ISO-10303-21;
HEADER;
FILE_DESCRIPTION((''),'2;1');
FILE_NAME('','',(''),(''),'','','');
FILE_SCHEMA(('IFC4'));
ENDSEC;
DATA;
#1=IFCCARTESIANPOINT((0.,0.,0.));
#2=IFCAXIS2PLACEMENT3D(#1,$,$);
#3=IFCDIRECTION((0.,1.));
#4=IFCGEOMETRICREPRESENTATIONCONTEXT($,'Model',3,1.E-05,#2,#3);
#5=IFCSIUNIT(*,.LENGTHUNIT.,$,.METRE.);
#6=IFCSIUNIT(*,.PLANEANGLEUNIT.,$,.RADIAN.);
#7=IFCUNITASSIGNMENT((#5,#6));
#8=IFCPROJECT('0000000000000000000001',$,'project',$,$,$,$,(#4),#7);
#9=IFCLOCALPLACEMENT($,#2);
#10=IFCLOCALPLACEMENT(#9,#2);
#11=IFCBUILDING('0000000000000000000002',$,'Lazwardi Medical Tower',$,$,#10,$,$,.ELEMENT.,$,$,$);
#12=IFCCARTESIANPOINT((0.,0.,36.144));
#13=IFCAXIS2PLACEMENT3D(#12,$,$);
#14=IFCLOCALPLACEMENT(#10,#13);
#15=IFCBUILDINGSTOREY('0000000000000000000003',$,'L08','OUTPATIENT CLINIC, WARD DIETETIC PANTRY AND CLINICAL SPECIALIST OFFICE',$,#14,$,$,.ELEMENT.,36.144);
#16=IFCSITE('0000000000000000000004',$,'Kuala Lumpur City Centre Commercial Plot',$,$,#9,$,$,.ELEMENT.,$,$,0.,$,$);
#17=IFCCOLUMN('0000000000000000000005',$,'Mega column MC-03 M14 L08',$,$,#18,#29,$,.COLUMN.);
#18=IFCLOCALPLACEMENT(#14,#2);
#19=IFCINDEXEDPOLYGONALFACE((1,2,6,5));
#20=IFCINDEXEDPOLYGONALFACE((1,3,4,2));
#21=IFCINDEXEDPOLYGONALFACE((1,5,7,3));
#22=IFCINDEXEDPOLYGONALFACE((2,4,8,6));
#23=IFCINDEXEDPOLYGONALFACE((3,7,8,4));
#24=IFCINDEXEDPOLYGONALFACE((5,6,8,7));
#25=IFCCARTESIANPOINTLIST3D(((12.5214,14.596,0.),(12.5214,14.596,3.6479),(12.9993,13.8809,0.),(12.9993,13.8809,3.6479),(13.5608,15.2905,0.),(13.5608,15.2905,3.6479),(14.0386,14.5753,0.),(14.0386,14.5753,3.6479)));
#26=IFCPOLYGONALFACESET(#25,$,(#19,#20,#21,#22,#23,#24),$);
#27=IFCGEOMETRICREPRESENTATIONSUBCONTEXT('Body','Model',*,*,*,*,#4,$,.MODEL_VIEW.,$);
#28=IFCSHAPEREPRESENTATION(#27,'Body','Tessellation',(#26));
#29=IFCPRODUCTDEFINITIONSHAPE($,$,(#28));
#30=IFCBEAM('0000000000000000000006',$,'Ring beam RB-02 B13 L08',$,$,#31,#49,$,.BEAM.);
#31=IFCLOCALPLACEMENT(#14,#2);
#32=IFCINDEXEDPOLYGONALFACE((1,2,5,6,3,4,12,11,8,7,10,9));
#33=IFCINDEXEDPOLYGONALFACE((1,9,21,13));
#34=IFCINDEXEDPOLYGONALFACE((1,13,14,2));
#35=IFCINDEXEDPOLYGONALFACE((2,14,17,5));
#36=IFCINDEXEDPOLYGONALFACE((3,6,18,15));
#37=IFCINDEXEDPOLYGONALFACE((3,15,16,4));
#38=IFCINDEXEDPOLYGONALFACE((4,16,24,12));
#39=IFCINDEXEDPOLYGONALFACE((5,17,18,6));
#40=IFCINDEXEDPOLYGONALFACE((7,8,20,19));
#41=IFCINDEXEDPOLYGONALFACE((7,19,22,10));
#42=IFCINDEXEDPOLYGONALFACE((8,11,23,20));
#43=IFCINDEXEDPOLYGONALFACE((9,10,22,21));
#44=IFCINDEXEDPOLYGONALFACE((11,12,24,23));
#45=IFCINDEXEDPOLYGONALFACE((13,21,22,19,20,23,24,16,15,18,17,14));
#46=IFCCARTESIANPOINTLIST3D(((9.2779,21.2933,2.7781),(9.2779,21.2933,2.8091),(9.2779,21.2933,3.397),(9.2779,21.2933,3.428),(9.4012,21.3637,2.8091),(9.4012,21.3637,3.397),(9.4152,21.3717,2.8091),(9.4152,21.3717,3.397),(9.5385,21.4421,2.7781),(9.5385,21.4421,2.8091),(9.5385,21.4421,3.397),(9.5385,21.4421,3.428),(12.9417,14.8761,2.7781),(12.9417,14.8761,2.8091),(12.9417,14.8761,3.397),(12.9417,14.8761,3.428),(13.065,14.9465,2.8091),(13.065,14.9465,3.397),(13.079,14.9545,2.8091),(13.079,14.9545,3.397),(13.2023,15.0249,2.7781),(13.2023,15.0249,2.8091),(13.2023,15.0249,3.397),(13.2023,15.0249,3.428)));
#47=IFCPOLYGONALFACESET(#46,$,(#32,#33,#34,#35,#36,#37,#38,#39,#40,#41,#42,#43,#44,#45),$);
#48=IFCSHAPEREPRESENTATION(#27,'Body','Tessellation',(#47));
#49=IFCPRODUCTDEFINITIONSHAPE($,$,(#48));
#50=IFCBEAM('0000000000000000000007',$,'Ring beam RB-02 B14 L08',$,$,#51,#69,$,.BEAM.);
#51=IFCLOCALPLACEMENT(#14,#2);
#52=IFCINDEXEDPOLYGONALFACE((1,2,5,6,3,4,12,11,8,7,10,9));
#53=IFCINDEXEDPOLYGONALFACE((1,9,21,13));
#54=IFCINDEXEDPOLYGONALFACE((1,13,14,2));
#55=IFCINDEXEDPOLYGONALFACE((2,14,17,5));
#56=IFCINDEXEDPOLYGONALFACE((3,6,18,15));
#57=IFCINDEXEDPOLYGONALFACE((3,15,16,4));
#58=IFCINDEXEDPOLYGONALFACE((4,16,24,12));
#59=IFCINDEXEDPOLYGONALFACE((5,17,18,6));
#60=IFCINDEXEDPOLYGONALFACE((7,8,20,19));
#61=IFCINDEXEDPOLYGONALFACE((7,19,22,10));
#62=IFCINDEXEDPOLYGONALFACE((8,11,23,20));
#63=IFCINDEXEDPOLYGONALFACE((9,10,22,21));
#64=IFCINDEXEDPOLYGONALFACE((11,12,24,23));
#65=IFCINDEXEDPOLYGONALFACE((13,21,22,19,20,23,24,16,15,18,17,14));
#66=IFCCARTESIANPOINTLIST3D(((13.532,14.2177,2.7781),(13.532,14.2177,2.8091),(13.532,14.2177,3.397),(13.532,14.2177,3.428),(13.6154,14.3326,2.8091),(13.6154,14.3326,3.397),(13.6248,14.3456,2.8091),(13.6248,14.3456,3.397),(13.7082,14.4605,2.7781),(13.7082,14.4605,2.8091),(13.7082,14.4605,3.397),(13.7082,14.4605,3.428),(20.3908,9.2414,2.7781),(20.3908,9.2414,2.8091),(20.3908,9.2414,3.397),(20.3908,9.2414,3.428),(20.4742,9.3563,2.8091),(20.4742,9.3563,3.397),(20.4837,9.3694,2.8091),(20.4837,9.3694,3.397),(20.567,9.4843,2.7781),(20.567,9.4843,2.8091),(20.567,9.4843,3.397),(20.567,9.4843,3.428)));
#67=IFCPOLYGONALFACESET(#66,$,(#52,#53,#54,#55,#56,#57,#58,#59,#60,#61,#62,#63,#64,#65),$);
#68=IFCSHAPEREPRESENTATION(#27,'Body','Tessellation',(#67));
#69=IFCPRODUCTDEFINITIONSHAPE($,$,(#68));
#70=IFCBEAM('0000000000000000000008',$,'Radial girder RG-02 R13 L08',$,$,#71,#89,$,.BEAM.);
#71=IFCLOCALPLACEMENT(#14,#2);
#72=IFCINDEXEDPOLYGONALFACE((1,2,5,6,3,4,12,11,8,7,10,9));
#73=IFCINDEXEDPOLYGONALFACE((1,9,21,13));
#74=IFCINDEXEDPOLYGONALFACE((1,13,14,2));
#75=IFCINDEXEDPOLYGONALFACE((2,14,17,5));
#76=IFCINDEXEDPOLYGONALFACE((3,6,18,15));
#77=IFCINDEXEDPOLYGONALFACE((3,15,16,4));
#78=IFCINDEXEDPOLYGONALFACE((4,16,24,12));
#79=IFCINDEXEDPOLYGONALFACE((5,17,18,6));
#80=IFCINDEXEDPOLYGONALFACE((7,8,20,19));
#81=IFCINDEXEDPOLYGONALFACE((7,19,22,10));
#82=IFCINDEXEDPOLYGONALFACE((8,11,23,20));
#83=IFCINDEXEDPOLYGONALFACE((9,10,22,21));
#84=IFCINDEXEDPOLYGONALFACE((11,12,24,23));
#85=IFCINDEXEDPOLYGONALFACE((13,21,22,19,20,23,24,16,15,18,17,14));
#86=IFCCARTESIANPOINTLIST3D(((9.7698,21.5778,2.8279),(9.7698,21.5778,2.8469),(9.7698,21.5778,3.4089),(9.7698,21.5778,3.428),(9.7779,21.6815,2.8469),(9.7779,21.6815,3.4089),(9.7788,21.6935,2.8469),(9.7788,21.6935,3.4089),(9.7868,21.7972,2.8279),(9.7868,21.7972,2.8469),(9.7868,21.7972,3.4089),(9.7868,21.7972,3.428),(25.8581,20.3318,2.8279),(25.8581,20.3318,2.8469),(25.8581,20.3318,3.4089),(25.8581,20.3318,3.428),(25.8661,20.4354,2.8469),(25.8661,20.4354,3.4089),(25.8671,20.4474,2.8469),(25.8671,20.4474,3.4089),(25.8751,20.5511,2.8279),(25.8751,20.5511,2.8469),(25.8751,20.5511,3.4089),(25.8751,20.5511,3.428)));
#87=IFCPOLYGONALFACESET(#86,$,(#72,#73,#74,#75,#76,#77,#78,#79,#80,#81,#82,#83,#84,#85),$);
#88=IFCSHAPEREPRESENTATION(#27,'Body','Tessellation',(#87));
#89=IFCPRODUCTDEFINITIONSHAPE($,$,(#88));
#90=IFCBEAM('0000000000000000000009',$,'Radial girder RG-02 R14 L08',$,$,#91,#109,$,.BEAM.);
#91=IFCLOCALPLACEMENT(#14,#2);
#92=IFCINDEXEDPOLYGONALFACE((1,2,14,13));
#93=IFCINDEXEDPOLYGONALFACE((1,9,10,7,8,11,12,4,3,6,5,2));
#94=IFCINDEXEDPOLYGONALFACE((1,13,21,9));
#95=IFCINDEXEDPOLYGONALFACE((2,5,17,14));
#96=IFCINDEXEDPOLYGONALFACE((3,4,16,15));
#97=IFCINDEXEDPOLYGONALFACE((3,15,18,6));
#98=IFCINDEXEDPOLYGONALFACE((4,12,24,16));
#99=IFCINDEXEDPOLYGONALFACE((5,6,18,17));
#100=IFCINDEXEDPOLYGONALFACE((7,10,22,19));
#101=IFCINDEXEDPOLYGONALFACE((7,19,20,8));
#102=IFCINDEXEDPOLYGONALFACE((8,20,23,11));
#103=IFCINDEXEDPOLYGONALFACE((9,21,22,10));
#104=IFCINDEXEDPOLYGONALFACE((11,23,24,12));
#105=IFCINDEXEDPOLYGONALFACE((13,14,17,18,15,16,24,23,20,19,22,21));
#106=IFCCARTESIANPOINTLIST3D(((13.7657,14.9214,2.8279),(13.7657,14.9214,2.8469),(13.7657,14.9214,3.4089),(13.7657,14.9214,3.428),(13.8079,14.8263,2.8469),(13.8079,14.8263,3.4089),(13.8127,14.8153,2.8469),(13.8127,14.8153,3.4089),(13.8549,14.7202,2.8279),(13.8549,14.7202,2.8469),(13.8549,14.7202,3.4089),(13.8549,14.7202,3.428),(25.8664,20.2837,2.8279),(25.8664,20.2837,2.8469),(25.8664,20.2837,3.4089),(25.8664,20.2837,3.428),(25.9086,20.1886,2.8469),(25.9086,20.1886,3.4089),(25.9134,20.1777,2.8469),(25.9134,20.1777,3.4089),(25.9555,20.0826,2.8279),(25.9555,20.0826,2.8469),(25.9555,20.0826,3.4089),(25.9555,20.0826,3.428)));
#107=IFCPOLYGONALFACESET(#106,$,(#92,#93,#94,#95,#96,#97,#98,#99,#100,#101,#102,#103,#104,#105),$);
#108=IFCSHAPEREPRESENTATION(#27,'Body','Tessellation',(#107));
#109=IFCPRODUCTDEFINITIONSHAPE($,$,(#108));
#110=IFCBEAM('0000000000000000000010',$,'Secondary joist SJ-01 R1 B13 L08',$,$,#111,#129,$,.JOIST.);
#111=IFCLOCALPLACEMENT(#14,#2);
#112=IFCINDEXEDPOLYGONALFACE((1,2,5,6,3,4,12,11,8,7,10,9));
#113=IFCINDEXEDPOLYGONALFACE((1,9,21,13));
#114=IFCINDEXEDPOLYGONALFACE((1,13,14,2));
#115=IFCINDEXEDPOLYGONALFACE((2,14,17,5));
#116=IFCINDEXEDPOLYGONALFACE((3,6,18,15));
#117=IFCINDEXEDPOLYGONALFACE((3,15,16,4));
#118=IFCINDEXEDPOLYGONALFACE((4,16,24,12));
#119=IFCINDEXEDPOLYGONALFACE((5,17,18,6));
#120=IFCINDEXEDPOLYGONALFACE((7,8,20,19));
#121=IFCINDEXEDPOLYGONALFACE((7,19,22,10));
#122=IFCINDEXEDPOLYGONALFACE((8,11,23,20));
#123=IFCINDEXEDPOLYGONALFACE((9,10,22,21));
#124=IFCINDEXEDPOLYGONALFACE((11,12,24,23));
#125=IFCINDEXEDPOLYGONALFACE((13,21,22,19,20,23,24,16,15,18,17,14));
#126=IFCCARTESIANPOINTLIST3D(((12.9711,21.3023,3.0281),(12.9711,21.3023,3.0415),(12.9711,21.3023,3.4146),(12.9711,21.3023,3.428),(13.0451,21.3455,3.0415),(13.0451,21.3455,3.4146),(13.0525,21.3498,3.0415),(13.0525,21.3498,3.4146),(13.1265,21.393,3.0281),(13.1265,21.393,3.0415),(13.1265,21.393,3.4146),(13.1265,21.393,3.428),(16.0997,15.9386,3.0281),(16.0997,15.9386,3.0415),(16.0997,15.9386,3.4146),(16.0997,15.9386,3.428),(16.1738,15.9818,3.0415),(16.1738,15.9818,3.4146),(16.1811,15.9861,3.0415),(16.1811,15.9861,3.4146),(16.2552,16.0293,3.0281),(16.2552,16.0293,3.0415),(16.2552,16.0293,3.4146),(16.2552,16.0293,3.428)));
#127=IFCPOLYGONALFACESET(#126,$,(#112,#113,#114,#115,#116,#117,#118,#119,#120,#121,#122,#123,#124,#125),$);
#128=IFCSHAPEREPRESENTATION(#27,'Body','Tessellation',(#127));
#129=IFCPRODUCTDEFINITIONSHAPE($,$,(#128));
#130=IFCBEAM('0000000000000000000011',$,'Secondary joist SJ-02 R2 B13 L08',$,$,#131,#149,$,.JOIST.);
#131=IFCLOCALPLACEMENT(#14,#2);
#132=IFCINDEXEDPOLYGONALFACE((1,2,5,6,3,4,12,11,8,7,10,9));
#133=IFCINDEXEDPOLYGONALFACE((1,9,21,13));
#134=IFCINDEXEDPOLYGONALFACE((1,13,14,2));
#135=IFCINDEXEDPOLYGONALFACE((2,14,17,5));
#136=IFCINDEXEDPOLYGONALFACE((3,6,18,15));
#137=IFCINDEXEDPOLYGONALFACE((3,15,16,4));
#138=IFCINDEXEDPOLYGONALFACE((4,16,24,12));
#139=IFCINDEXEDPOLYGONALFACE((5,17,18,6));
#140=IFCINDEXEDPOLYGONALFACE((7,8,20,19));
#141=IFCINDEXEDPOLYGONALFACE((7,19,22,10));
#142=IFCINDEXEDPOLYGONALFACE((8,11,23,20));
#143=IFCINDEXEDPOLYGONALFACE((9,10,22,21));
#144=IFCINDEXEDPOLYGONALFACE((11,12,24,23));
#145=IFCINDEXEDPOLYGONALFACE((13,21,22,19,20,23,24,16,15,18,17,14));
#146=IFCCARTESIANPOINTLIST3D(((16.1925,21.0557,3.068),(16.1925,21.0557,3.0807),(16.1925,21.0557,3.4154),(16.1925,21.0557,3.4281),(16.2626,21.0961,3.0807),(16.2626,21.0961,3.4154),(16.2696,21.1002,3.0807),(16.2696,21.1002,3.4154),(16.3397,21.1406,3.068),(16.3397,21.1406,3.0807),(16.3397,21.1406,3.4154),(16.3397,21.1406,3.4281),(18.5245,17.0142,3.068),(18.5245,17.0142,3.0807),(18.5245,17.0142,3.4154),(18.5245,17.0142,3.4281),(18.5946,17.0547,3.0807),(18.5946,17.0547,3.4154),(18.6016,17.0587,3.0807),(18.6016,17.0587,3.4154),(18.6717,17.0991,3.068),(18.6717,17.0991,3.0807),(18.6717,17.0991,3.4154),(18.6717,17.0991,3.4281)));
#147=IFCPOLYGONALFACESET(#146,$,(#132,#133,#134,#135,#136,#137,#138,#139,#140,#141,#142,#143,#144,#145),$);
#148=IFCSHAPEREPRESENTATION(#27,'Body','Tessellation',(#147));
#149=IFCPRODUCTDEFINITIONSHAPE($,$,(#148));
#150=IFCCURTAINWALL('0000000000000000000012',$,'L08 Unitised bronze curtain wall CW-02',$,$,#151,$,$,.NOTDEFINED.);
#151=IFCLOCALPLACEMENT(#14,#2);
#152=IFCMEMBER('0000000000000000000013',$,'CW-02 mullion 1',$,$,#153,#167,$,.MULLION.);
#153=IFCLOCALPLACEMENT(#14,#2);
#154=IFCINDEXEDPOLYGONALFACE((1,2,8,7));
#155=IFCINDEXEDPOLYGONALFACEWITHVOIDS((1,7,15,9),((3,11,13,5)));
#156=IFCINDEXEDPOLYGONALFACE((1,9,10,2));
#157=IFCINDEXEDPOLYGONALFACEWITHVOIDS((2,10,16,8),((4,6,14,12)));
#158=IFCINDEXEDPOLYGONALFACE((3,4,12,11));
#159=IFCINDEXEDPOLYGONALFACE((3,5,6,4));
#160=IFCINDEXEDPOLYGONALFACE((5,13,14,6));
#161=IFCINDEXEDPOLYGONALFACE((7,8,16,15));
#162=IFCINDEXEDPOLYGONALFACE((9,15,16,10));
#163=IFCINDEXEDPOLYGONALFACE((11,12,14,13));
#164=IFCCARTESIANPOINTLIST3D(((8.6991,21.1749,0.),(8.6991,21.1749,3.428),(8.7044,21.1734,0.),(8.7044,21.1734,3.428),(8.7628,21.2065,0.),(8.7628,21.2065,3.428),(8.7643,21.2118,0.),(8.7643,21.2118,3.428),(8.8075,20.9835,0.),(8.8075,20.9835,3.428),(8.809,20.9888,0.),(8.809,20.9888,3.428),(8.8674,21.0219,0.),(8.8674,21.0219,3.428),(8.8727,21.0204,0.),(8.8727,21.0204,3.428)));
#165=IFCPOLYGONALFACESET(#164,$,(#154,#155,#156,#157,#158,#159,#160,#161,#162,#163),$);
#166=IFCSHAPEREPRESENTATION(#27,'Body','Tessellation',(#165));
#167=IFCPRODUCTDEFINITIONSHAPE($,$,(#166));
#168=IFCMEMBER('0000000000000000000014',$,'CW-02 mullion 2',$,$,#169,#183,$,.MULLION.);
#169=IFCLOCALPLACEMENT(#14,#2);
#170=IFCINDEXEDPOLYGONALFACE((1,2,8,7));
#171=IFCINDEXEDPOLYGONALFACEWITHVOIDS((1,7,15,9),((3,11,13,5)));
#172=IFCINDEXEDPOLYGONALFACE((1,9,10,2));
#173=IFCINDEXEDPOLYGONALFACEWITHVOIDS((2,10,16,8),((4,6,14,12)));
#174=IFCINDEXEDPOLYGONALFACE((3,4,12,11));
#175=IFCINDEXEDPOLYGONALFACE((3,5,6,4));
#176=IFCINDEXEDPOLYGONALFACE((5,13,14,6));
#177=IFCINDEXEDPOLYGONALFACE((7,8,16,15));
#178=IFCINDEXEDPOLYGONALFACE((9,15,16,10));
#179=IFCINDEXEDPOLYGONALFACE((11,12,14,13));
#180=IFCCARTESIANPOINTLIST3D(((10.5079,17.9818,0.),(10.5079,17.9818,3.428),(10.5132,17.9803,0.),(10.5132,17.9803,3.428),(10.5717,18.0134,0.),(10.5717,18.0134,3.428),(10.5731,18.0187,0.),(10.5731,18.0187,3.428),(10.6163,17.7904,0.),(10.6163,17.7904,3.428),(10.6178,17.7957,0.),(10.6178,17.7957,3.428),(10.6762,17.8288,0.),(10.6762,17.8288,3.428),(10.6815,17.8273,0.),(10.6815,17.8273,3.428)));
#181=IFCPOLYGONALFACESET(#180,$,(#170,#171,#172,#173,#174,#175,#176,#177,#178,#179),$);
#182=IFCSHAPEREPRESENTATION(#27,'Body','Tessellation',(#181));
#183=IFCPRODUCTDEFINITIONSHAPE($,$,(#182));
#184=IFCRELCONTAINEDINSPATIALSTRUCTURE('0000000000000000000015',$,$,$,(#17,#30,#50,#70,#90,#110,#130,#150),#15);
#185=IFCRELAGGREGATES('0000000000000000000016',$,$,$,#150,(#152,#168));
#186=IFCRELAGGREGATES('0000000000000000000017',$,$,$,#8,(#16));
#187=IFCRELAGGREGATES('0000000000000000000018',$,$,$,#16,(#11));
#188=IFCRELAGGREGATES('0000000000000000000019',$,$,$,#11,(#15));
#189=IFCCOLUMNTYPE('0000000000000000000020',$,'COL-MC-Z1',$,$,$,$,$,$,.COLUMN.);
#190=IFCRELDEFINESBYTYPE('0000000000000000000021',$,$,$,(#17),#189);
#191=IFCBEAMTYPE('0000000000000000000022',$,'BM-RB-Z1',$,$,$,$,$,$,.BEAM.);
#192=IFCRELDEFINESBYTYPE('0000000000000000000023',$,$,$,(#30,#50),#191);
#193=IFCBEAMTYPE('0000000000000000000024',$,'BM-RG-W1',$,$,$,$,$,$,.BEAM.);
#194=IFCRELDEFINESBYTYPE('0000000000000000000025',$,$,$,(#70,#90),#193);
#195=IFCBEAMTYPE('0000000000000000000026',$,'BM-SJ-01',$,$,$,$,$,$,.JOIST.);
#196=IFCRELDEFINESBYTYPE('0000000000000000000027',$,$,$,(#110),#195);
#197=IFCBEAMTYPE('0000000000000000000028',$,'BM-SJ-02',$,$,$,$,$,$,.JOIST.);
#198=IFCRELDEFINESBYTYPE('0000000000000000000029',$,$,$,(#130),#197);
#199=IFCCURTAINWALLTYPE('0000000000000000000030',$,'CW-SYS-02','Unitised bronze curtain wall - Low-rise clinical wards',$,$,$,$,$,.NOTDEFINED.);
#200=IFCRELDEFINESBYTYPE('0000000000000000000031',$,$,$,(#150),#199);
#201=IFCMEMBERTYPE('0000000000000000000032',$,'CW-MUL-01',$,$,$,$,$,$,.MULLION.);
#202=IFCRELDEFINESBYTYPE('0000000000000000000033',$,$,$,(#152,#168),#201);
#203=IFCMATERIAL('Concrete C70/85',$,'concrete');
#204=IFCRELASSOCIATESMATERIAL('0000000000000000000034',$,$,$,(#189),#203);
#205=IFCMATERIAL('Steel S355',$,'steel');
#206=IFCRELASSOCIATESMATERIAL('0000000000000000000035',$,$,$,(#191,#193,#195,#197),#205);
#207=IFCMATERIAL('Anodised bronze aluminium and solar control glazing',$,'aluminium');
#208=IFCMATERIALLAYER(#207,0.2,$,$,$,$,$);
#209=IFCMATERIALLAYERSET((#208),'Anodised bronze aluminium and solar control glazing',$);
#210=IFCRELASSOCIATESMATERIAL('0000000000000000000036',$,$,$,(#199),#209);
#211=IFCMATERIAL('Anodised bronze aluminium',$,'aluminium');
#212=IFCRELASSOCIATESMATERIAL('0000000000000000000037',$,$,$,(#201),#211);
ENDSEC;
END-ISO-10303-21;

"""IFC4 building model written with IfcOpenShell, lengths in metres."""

from ifc_helpers import new_model, si_unit, direction, frame, origin, origin_2d, place, context, subcontext, project, spatial, rectangle, hollow_rectangle, i_section, extrude, material, layer, layer_set, material_profile, profile_set, type_object, element, aggregate, save


model = new_model("IFC4")

# Units and contexts
model_context = context("Model", 3, precision=1e-05, world=origin(), true_north=direction((0.0, 1.0)))
body_context = subcontext(model_context, "Body", "Model", "MODEL_VIEW")
ifc_project = project(units=[si_unit("LENGTHUNIT", "METRE"), si_unit("PLANEANGLEUNIT", "RADIAN")], contexts=[model_context])

# Site, building, storey
site_placement = place(None, origin())
site = spatial("IfcSite", under=ifc_project, at=site_placement, Name="Kuala Lumpur City Centre Commercial Plot", CompositionType="ELEMENT", RefElevation=0.0)
building_placement = place(site_placement, origin())
building = spatial("IfcBuilding", under=site, at=building_placement, Name="Lazwardi Medical Tower", CompositionType="ELEMENT")
storey_placement = place(building_placement, frame((0.0, 0.0, 36.144)))
storey = spatial("IfcBuildingStorey", under=building, at=storey_placement, Name="L08", Description="OUTPATIENT CLINIC, WARD DIETETIC PANTRY AND CLINICAL SPECIALIST OFFICE", CompositionType="ELEMENT", Elevation=36.144)

# Column
ifc_material_1 = material(Name="Concrete C70/85", Category="concrete")
ifc_material_profile_1 = material_profile(ifc_material_1, rectangle(XDim=1.25, YDim=0.8601, at=origin_2d()), Name="CFT-RECT 1250x860")
ifc_profile_set_1 = profile_set([ifc_material_profile_1], Name="Concrete C70/85")
column_type = type_object("IfcColumnType", Name="COL-MC-Z1", PredefinedType="COLUMN", material=ifc_profile_set_1)
column_placement = place(storey_placement, frame((13.28, 14.5857, 0.0), z_axis=(0.0, 0.0, 1.0), x_axis=(-0.83147, -0.55557, 0.0)))
element("IfcColumn", 1, at=column_placement, inside=storey, type_object=column_type, Name="Mega column MC-03 M14 L08", PredefinedType="COLUMN", context=body_context, shape_type="SweptSolid", body=[
    extrude(rectangle(XDim=1.25, YDim=0.8601, at=origin_2d()), origin(), (0.0, 0.0, 1.0), 3.6479),
])

# Beams
ifc_material_2 = material(Name="Steel S355", Category="steel")
ifc_material_profile_2 = material_profile(ifc_material_2, i_section(OverallWidth=0.3, OverallDepth=0.6499, WebThickness=0.0161, FlangeThickness=0.031, at=origin_2d()), Name="HEB 650")
ifc_profile_set_2 = profile_set([ifc_material_profile_2], Name="Steel S355")
beam_type_1 = type_object("IfcBeamType", Name="BM-RB-Z1", PredefinedType="BEAM", material=ifc_profile_set_2)
beam_1_placement = place(storey_placement, frame((9.4082, 21.3677, 3.103), z_axis=(0.495815, -0.868428, 0.0), x_axis=(0.868428, 0.495815, 0.0)))
element("IfcBeam", 2, at=beam_1_placement, inside=storey, type_object=beam_type_1, Name="Ring beam RB-02 B13 L08", PredefinedType="BEAM", context=body_context, shape_type="SweptSolid", body=[
    extrude(i_section(OverallWidth=0.3, OverallDepth=0.6499, WebThickness=0.0161, FlangeThickness=0.031, at=origin_2d()), origin(), (0.0, 0.0, 1.0), 7.3894),
])
beam_2_placement = place(storey_placement, frame((13.6201, 14.3391, 3.103), z_axis=(0.809407, -0.587248, 0.0), x_axis=(0.587248, 0.809407, 0.0)))
element("IfcBeam", 3, at=beam_2_placement, inside=storey, type_object=beam_type_1, Name="Ring beam RB-02 B14 L08", PredefinedType="BEAM", context=body_context, shape_type="SweptSolid", body=[
    extrude(i_section(OverallWidth=0.3, OverallDepth=0.6499, WebThickness=0.0161, FlangeThickness=0.031, at=origin_2d()), origin(), (0.0, 0.0, 1.0), 8.4739),
])
ifc_material_profile_3 = material_profile(ifc_material_2, i_section(OverallWidth=0.22, OverallDepth=0.6001, WebThickness=0.012, FlangeThickness=0.019, at=origin_2d()), Name="IPE 600")
ifc_profile_set_3 = profile_set([ifc_material_profile_3], Name="Steel S355")
beam_type_2 = type_object("IfcBeamType", Name="BM-RG-W1", PredefinedType="BEAM", material=ifc_profile_set_3)
beam_3_placement = place(storey_placement, frame((9.7783, 21.6875, 3.1279), z_axis=(0.997014, -0.077222, 0.0), x_axis=(0.077222, 0.997014, 0.0)))
element("IfcBeam", 4, at=beam_3_placement, inside=storey, type_object=beam_type_2, Name="Radial girder RG-02 R13 L08", PredefinedType="BEAM", context=body_context, shape_type="SweptSolid", body=[
    extrude(i_section(OverallWidth=0.22, OverallDepth=0.6001, WebThickness=0.012, FlangeThickness=0.019, at=origin_2d()), origin(), (0.0, 0.0, 1.0), 16.1365),
])
beam_4_placement = place(storey_placement, frame((13.8103, 14.8208, 3.1279), z_axis=(0.914252, 0.405146, 0.0), x_axis=(-0.405146, 0.914252, 0.0)))
element("IfcBeam", 5, at=beam_4_placement, inside=storey, type_object=beam_type_2, Name="Radial girder RG-02 R14 L08", PredefinedType="BEAM", context=body_context, shape_type="SweptSolid", body=[
    extrude(i_section(OverallWidth=0.22, OverallDepth=0.6001, WebThickness=0.012, FlangeThickness=0.019, at=origin_2d()), origin(), (0.0, 0.0, 1.0), 13.2356),
])
ifc_material_profile_4 = material_profile(ifc_material_2, i_section(OverallWidth=0.1799, OverallDepth=0.3999, WebThickness=0.0085, FlangeThickness=0.0134, at=origin_2d()), Name="IPE 400")
ifc_profile_set_4 = profile_set([ifc_material_profile_4], Name="Steel S355")
beam_type_3 = type_object("IfcBeamType", Name="BM-SJ-01", PredefinedType="JOIST", material=ifc_profile_set_4)
beam_5_placement = place(storey_placement, frame((13.0488, 21.3477, 3.228), z_axis=(0.503847, -0.863793, 0.0), x_axis=(0.863793, 0.503847, 0.0)))
element("IfcBeam", 6, at=beam_5_placement, inside=storey, type_object=beam_type_3, Name="Secondary joist SJ-01 R1 B13 L08", PredefinedType="JOIST", context=body_context, shape_type="SweptSolid", body=[
    extrude(i_section(OverallWidth=0.1799, OverallDepth=0.3999, WebThickness=0.0085, FlangeThickness=0.0134, at=origin_2d()), origin(), (0.0, 0.0, 1.0), 6.2095),
])
ifc_material_profile_5 = material_profile(ifc_material_2, i_section(OverallWidth=0.1699, OverallDepth=0.3601, WebThickness=0.0081, FlangeThickness=0.0127, at=origin_2d()), Name="IPE 360")
ifc_profile_set_5 = profile_set([ifc_material_profile_5], Name="Steel S355")
beam_type_4 = type_object("IfcBeamType", Name="BM-SJ-02", PredefinedType="JOIST", material=ifc_profile_set_5)
beam_6_placement = place(storey_placement, frame((16.2661, 21.0981, 3.248), z_axis=(0.499786, -0.866149, 0.0), x_axis=(0.866149, 0.499786, 0.0)))
element("IfcBeam", 7, at=beam_6_placement, inside=storey, type_object=beam_type_4, Name="Secondary joist SJ-02 R2 B13 L08", PredefinedType="JOIST", context=body_context, shape_type="SweptSolid", body=[
    extrude(i_section(OverallWidth=0.1699, OverallDepth=0.3601, WebThickness=0.0081, FlangeThickness=0.0127, at=origin_2d()), origin(), (0.0, 0.0, 1.0), 4.666),
])

# Curtain wall, members
ifc_material_3 = material(Name="Anodised bronze aluminium and solar control glazing", Category="aluminium")
ifc_layer_1 = layer(ifc_material_3, 0.2)
ifc_layer_set_1 = layer_set([ifc_layer_1], Name="Anodised bronze aluminium and solar control glazing")
curtain_wall_type = type_object("IfcCurtainWallType", Name="CW-SYS-02", Description="Unitised bronze curtain wall - Low-rise clinical wards", PredefinedType="NOTDEFINED", material=ifc_layer_set_1)
curtain_wall_1_placement = place(storey_placement, origin())
curtain_wall_1 = element("IfcCurtainWall", 8, at=curtain_wall_1_placement, inside=storey, type_object=curtain_wall_type, Name="L08 Unitised bronze curtain wall CW-02", PredefinedType="NOTDEFINED")
ifc_material_4 = material(Name="Anodised bronze aluminium", Category="aluminium")
ifc_material_profile_6 = material_profile(ifc_material_4, hollow_rectangle(XDim=0.075, YDim=0.22, WallThickness=0.0039, at=origin_2d()), Name="ALU-MULLION 220x75x4")
ifc_profile_set_6 = profile_set([ifc_material_profile_6], Name="Anodised bronze aluminium")
member_type_1 = type_object("IfcMemberType", Name="CW-MUL-01", PredefinedType="MULLION", material=ifc_profile_set_6)
member_1_placement = place(storey_placement, frame((8.7859, 21.0977, 0.0), z_axis=(0.0, 0.0, 1.0), x_axis=(0.870112, 0.492854, 0.0)))
member_1 = element("IfcMember", 9, at=member_1_placement, type_object=member_type_1, Name="CW-02 mullion 1", PredefinedType="MULLION", context=body_context, shape_type="SweptSolid", body=[
    extrude(hollow_rectangle(XDim=0.075, YDim=0.22, WallThickness=0.0039, at=origin_2d()), origin(), (0.0, 0.0, 1.0), 3.428),
])
member_2_placement = place(storey_placement, frame((10.5947, 17.9045, 0.0), z_axis=(0.0, 0.0, 1.0), x_axis=(0.870112, 0.492854, 0.0)))
member_2 = element("IfcMember", 10, at=member_2_placement, type_object=member_type_1, Name="CW-02 mullion 2", PredefinedType="MULLION", context=body_context, shape_type="SweptSolid", body=[
    extrude(hollow_rectangle(XDim=0.075, YDim=0.22, WallThickness=0.0039, at=origin_2d()), origin(), (0.0, 0.0, 1.0), 3.428),
])

aggregate(curtain_wall_1, [member_1, member_2])

save(model, "model.ifc")
